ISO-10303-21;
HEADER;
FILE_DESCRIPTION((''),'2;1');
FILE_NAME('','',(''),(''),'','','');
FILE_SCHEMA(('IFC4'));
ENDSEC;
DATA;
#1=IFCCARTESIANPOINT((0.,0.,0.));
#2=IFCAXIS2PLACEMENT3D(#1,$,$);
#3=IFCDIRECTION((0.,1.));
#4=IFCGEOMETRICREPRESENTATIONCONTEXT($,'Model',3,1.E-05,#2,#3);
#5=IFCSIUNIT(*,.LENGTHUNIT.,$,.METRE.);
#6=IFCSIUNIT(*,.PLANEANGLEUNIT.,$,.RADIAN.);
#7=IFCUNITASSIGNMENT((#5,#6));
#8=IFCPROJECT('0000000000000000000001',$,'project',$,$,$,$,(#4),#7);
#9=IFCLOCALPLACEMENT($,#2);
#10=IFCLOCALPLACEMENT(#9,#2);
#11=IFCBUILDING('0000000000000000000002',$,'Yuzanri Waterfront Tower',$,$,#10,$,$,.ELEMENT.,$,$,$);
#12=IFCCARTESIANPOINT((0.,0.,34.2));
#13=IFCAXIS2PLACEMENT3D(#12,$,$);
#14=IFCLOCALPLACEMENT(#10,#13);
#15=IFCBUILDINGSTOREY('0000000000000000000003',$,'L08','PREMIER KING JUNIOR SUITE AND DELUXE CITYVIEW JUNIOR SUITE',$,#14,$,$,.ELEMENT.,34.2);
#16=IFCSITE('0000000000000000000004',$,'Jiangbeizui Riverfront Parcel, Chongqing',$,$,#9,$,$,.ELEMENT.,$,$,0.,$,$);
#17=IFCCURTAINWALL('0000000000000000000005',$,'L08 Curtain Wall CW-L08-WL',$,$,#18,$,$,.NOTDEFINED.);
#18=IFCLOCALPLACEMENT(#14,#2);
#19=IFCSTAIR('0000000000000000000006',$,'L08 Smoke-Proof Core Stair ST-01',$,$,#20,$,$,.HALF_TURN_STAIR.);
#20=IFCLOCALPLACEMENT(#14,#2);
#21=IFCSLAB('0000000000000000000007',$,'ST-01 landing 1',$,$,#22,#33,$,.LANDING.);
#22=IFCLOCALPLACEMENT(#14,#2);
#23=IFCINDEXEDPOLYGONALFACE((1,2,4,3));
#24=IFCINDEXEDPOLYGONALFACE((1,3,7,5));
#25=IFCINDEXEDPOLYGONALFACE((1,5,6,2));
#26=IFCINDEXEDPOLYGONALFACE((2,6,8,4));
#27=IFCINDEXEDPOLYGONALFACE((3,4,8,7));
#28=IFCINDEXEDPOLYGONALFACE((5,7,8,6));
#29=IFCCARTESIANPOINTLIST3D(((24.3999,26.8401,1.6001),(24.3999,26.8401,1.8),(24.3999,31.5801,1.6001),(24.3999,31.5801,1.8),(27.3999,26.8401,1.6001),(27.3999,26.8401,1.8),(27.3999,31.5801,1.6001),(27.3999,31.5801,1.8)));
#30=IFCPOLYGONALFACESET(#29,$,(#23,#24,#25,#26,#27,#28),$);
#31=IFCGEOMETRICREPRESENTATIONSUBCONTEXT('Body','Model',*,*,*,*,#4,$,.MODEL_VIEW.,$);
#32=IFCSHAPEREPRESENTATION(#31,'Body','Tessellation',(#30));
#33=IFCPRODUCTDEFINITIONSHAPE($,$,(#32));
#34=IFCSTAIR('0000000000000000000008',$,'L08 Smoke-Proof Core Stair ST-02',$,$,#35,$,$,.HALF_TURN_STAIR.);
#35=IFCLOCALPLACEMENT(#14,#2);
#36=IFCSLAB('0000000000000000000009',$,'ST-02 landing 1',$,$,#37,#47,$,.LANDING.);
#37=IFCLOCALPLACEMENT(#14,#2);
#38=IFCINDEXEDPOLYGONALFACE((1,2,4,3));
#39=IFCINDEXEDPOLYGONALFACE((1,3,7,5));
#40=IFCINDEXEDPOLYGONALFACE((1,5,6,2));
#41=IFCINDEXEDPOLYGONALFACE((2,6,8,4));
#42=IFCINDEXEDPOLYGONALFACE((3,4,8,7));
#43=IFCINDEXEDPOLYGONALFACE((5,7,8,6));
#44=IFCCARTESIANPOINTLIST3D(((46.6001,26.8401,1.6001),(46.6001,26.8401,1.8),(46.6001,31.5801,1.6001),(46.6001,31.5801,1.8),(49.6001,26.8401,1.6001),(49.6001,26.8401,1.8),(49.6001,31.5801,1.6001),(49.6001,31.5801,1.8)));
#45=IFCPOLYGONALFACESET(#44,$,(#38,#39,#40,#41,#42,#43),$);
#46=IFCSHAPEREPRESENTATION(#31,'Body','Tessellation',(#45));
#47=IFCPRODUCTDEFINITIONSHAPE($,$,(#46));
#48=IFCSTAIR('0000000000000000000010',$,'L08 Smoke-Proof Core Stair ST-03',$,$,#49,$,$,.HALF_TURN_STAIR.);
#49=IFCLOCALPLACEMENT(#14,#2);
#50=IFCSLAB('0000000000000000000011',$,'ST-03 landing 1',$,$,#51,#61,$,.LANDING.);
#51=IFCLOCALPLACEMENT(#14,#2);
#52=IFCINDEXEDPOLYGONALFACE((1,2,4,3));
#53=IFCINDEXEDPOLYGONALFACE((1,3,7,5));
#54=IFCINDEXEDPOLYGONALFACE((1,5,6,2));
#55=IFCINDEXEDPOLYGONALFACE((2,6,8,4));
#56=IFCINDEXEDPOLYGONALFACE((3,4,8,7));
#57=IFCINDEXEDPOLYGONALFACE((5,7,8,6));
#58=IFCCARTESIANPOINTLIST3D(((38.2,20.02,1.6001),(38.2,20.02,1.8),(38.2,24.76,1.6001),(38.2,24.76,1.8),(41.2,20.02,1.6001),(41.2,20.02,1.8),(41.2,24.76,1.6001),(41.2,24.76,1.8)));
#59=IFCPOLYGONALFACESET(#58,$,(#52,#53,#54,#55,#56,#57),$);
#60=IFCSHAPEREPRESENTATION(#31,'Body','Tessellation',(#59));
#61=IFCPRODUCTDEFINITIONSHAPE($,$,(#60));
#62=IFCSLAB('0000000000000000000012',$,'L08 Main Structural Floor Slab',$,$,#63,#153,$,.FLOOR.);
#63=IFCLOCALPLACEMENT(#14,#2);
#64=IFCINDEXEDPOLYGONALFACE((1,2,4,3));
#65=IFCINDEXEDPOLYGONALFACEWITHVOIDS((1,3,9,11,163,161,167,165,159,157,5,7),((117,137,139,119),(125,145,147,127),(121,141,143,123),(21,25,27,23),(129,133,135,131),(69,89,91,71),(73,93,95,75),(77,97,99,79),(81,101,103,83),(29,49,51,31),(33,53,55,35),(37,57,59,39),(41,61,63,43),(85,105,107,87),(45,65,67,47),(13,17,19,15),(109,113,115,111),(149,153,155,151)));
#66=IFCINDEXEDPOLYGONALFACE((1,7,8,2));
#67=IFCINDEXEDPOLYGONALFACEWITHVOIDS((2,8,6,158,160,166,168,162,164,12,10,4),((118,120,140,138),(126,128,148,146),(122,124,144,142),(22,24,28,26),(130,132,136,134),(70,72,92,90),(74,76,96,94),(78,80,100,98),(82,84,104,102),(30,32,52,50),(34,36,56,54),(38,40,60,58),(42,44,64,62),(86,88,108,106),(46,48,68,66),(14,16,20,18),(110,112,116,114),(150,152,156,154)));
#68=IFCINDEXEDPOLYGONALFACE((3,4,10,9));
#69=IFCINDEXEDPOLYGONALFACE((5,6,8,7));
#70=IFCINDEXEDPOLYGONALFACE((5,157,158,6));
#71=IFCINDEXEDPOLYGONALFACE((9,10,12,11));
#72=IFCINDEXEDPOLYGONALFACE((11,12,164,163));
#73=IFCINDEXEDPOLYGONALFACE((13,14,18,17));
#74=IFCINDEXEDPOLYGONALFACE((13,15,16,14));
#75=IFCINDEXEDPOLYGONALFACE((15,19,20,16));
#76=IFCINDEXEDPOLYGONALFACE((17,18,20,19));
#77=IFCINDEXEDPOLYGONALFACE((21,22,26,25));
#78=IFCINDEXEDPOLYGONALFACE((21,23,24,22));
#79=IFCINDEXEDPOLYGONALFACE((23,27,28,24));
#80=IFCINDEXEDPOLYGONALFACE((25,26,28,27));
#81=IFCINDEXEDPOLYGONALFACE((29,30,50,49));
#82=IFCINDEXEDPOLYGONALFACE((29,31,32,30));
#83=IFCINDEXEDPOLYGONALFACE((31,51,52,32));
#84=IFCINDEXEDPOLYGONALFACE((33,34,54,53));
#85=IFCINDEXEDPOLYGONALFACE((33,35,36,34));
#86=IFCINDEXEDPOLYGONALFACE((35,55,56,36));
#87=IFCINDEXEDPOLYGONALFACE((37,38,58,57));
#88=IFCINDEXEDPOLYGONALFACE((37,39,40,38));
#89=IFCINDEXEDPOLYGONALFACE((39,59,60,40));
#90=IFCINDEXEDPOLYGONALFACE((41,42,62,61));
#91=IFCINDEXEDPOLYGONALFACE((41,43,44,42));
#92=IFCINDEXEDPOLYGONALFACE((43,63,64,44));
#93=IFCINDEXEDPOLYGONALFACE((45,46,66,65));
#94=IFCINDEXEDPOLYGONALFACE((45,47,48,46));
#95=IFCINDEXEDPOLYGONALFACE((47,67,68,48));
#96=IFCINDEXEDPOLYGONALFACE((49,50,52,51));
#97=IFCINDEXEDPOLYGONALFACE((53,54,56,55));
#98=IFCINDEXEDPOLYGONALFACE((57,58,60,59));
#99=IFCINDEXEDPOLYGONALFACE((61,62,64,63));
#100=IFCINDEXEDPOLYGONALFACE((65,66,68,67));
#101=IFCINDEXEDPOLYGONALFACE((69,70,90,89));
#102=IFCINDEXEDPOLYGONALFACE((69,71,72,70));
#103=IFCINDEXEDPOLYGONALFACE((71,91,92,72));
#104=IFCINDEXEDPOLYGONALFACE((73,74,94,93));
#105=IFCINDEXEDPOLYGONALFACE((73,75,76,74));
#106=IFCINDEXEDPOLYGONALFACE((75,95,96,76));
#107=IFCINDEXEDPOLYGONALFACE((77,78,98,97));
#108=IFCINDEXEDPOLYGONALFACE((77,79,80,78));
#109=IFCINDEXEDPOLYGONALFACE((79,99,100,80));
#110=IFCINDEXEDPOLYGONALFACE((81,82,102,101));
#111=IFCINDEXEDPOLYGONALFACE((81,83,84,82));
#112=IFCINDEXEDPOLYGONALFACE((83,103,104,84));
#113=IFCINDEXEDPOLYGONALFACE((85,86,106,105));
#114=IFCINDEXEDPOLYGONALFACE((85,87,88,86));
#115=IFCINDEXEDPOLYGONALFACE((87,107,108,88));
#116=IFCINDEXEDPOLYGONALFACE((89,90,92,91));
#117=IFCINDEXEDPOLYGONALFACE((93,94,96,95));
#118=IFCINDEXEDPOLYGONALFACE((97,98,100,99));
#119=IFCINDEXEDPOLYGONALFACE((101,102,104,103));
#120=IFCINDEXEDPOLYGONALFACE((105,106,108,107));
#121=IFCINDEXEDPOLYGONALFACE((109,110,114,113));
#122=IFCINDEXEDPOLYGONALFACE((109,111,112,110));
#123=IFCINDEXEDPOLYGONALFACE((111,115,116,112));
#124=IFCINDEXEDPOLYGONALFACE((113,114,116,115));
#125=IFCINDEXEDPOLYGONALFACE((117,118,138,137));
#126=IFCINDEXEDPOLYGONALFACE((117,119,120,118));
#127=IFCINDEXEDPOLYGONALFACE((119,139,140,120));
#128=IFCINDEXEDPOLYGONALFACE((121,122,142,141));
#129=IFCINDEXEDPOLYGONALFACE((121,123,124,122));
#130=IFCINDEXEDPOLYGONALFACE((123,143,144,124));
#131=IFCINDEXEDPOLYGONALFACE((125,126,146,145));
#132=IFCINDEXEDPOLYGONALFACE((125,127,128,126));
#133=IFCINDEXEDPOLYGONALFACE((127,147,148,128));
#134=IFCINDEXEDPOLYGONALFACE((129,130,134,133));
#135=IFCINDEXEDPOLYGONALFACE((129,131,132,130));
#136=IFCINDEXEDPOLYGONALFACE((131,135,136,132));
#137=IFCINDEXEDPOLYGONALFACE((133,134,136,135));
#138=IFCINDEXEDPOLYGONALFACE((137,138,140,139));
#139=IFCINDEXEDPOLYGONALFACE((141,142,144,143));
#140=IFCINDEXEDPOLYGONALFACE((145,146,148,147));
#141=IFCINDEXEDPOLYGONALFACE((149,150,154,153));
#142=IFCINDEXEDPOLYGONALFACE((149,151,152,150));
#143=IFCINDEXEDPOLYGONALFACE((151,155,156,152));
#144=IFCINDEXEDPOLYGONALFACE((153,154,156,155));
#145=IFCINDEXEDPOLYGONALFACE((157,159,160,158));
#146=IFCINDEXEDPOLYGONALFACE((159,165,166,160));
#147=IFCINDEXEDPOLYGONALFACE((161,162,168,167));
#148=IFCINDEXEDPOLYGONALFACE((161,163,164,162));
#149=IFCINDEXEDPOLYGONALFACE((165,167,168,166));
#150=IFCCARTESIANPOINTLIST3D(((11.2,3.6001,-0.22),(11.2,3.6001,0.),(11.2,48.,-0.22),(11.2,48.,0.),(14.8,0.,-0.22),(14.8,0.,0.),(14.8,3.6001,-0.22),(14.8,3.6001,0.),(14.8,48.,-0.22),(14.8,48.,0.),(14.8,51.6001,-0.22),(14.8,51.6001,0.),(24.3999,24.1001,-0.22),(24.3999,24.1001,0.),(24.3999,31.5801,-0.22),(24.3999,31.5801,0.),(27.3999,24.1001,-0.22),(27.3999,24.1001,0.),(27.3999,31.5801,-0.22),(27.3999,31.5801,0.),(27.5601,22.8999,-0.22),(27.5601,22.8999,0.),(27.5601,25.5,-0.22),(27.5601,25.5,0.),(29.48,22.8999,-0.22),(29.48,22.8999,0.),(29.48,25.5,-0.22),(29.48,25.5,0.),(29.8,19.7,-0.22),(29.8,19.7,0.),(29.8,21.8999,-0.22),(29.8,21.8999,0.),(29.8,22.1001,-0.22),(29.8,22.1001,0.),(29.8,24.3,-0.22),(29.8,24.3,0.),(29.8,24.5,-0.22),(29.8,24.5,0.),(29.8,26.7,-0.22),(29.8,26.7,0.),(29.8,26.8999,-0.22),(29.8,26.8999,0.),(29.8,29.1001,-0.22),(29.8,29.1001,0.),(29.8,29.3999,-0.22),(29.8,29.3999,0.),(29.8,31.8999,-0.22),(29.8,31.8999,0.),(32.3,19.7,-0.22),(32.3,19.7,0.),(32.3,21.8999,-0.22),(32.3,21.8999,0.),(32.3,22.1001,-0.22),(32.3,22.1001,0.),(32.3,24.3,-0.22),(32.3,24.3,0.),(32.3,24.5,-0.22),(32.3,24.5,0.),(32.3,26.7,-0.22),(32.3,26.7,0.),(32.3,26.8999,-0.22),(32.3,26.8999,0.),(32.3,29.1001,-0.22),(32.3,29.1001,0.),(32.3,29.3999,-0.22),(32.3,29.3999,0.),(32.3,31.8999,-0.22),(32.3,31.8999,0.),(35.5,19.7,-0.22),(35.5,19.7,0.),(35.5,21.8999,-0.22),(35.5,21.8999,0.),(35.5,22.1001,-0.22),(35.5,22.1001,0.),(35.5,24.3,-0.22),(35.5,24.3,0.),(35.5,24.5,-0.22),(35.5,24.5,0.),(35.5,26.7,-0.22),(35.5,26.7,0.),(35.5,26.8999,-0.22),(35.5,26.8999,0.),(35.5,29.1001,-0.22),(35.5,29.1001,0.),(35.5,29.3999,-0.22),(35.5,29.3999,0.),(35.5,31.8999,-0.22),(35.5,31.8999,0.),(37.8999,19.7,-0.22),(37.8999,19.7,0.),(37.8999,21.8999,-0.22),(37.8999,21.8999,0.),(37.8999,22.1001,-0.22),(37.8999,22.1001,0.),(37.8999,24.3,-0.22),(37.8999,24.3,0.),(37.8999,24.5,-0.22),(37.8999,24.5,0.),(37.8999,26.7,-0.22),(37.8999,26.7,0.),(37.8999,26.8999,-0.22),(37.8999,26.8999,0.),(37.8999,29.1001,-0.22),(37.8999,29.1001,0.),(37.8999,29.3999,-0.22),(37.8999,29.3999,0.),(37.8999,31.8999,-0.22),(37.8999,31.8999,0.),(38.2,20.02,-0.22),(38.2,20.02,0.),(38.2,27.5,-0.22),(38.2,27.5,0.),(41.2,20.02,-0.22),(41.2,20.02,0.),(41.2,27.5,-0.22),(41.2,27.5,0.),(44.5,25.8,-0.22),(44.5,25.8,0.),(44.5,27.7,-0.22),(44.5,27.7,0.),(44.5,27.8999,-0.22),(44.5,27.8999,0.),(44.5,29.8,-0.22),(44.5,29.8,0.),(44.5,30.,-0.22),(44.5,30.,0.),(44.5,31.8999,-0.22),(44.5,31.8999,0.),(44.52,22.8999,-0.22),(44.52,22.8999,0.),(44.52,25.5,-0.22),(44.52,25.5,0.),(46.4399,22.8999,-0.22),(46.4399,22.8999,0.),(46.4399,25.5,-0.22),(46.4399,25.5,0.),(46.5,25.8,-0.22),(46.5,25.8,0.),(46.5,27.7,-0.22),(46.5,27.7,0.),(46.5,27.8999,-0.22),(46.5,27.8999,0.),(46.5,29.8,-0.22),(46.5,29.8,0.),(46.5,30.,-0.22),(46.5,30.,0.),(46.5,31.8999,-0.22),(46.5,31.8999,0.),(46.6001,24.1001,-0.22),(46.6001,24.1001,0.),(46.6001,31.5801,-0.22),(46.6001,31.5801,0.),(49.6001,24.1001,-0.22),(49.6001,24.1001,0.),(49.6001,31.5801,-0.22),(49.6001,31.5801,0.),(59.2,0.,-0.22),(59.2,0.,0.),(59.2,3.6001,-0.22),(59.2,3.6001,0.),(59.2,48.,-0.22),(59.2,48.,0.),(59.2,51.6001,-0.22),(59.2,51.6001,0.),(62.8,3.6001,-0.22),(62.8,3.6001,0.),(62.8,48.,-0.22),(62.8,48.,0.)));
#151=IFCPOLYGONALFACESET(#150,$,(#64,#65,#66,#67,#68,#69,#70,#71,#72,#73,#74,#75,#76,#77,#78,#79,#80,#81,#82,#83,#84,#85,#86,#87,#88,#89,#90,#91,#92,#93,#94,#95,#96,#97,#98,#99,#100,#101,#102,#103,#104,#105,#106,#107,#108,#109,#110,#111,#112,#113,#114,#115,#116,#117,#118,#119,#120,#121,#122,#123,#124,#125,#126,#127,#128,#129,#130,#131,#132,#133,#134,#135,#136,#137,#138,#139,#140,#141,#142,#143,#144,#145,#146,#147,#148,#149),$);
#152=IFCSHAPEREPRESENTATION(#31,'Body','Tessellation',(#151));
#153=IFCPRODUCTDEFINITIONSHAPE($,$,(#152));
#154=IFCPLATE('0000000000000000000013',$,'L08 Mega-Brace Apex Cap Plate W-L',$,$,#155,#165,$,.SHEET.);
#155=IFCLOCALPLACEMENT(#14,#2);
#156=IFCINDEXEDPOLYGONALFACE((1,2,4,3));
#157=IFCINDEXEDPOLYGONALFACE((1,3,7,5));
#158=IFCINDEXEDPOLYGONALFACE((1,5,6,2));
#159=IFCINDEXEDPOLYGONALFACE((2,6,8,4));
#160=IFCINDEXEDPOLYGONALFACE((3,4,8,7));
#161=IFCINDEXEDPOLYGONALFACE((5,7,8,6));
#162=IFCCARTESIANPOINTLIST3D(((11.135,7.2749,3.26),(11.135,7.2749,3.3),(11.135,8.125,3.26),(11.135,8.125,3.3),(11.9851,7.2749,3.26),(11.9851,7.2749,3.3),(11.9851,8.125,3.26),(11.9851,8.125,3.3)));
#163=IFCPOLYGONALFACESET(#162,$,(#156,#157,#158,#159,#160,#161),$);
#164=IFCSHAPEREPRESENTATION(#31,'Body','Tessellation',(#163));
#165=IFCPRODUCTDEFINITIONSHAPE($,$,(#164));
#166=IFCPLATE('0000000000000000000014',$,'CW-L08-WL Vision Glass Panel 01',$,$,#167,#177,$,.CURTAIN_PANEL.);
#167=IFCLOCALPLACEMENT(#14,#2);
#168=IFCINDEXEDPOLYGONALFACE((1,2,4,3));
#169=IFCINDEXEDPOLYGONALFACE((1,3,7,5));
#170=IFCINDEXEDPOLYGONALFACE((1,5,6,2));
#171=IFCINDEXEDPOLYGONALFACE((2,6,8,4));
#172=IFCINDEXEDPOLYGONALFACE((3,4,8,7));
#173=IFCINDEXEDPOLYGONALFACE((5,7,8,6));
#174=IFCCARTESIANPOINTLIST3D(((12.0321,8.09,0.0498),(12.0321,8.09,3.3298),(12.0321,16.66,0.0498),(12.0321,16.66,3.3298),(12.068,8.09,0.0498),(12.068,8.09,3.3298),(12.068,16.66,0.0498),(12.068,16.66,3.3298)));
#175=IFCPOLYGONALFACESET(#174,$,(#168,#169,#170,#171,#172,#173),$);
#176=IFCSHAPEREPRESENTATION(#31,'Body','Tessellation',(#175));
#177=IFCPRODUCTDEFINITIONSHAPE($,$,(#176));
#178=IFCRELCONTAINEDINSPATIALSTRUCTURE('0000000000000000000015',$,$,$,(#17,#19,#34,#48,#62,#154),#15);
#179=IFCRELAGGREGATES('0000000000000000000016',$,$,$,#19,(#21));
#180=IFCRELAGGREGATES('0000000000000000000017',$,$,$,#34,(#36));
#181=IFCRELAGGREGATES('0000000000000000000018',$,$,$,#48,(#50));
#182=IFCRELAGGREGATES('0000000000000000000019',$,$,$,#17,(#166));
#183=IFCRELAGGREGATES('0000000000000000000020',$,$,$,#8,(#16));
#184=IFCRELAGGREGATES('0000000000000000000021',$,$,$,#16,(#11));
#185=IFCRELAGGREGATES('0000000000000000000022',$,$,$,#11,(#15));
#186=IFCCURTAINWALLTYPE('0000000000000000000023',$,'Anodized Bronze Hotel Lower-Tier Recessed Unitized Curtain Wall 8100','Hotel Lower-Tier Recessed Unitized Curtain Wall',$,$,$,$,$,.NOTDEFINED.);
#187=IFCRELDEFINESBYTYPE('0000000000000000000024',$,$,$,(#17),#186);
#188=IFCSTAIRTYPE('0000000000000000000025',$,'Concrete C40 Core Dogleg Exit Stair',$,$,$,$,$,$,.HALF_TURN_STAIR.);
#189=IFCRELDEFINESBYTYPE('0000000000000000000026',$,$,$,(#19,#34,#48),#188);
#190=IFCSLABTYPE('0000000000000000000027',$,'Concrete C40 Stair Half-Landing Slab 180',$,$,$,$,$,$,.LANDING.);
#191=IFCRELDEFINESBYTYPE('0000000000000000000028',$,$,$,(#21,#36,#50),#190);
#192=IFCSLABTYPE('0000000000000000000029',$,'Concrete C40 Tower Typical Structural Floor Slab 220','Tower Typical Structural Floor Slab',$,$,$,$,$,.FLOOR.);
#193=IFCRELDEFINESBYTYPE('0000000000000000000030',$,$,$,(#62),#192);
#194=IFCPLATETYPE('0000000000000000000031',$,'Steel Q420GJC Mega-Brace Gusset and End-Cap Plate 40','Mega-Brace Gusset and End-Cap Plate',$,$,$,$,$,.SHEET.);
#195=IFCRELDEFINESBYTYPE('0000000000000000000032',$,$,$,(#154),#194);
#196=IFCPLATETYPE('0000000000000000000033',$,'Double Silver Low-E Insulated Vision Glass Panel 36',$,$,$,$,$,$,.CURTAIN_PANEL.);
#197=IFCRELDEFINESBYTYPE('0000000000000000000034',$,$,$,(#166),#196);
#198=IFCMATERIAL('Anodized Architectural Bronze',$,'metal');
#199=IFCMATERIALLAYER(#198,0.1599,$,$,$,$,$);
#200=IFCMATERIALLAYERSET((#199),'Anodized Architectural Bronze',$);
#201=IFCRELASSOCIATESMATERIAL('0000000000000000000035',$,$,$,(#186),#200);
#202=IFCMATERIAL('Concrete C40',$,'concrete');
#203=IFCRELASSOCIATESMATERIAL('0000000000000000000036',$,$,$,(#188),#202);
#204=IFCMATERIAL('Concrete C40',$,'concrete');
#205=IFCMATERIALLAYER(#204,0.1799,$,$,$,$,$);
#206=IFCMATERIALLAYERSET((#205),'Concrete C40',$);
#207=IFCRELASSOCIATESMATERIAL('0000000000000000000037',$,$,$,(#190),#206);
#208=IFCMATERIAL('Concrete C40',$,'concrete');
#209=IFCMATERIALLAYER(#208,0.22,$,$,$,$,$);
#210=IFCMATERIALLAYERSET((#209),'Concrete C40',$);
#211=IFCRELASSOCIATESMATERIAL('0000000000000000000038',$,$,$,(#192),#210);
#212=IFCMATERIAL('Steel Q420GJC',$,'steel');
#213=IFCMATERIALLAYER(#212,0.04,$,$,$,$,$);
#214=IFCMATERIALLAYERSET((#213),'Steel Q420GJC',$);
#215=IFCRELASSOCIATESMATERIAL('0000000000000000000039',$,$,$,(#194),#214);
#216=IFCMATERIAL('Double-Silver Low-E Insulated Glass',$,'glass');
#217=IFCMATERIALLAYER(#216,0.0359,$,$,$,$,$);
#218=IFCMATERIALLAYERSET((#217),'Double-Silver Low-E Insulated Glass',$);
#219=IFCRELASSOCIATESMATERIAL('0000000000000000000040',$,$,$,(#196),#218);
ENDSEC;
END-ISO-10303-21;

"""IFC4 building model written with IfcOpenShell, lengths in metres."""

from ifc_helpers import new_model, si_unit, direction, frame, origin, origin_2d, place, context, subcontext, project, spatial, polyline, rectangle, outline, extrude, source, transform, mapped, material, layer, layer_set, type_object, element, aggregate, save


model = new_model("IFC4")

# Units and contexts
model_context = context("Model", 3, precision=1e-05, world=origin(), true_north=direction((0.0, 1.0)))
body_context = subcontext(model_context, "Body", "Model", "MODEL_VIEW")
ifc_project = project(units=[si_unit("LENGTHUNIT", "METRE"), si_unit("PLANEANGLEUNIT", "RADIAN")], contexts=[model_context])

# Site, building, storey
site_placement = place(None, origin())
site = spatial("IfcSite", under=ifc_project, at=site_placement, Name="Jiangbeizui Riverfront Parcel, Chongqing", CompositionType="ELEMENT", RefElevation=0.0)
building_placement = place(site_placement, origin())
building = spatial("IfcBuilding", under=site, at=building_placement, Name="Yuzanri Waterfront Tower", CompositionType="ELEMENT")
storey_placement = place(building_placement, frame((0.0, 0.0, 34.2)))
storey = spatial("IfcBuildingStorey", under=building, at=storey_placement, Name="L08", Description="PREMIER KING JUNIOR SUITE AND DELUXE CITYVIEW JUNIOR SUITE", CompositionType="ELEMENT", Elevation=34.2)

# Curtain wall
ifc_material_1 = material(Name="Anodized Architectural Bronze", Category="metal")
ifc_layer_1 = layer(ifc_material_1, 0.1599)
ifc_layer_set_1 = layer_set([ifc_layer_1], Name="Anodized Architectural Bronze")
curtain_wall_type = type_object("IfcCurtainWallType", Name="Anodized Bronze Hotel Lower-Tier Recessed Unitized Curtain Wall 8100", Description="Hotel Lower-Tier Recessed Unitized Curtain Wall", PredefinedType="NOTDEFINED", material=ifc_layer_set_1)
curtain_wall_placement = place(storey_placement, origin())
curtain_wall = element("IfcCurtainWall", 1, at=curtain_wall_placement, inside=storey, type_object=curtain_wall_type, Name="L08 Curtain Wall CW-L08-WL", PredefinedType="NOTDEFINED")

# Stairs, slabs
ifc_material_2 = material(Name="Concrete C40", Category="concrete")
stair_type = type_object("IfcStairType", Name="Concrete C40 Core Dogleg Exit Stair", PredefinedType="HALF_TURN_STAIR", material=ifc_material_2)
stair_1_placement = place(storey_placement, origin())
stair_1 = element("IfcStair", 2, at=stair_1_placement, inside=storey, type_object=stair_type, Name="L08 Smoke-Proof Core Stair ST-01", PredefinedType="HALF_TURN_STAIR")
ifc_material_3 = material(Name="Concrete C40", Category="concrete")
ifc_layer_2 = layer(ifc_material_3, 0.1799)
ifc_layer_set_2 = layer_set([ifc_layer_2], Name="Concrete C40")
slab_type_1 = type_object("IfcSlabType", Name="Concrete C40 Stair Half-Landing Slab 180", PredefinedType="LANDING", material=ifc_layer_set_2)
slab_1_placement = place(storey_placement, frame((0.0, 0.0, 1.6001)))
slab_1 = element("IfcSlab", 3, at=slab_1_placement, type_object=slab_type_1, Name="ST-01 landing 1", PredefinedType="LANDING", context=body_context, shape_type="SweptSolid", body=[
    extrude(outline(polyline([(27.3999, 26.8401), (27.3999, 31.5801), (24.3999, 31.5801), (24.3999, 26.8401), (27.3999, 26.8401)])), origin(), (0.0, 0.0, 1.0), 0.2),
])
aggregate(stair_1, [slab_1])
stair_2_placement = place(storey_placement, origin())
stair_2 = element("IfcStair", 4, at=stair_2_placement, inside=storey, type_object=stair_type, Name="L08 Smoke-Proof Core Stair ST-02", PredefinedType="HALF_TURN_STAIR")
slab_2_placement = place(storey_placement, frame((0.0, 0.0, 1.6001)))
slab_2 = element("IfcSlab", 5, at=slab_2_placement, type_object=slab_type_1, Name="ST-02 landing 1", PredefinedType="LANDING", context=body_context, shape_type="SweptSolid", body=[
    extrude(outline(polyline([(49.6001, 26.8401), (49.6001, 31.5801), (46.6001, 31.5801), (46.6001, 26.8401), (49.6001, 26.8401)])), origin(), (0.0, 0.0, 1.0), 0.2),
])
aggregate(stair_2, [slab_2])
stair_3_placement = place(storey_placement, origin())
stair_3 = element("IfcStair", 6, at=stair_3_placement, inside=storey, type_object=stair_type, Name="L08 Smoke-Proof Core Stair ST-03", PredefinedType="HALF_TURN_STAIR")
slab_3_placement = place(storey_placement, frame((0.0, 0.0, 1.6001)))
slab_3 = element("IfcSlab", 7, at=slab_3_placement, type_object=slab_type_1, Name="ST-03 landing 1", PredefinedType="LANDING", context=body_context, shape_type="SweptSolid", body=[
    extrude(outline(polyline([(38.2, 24.76), (38.2, 20.02), (41.2, 20.02), (41.2, 24.76), (38.2, 24.76)])), origin(), (0.0, 0.0, 1.0), 0.2),
])
aggregate(stair_3, [slab_3])

# Slab
ifc_material_4 = material(Name="Concrete C40", Category="concrete")
ifc_layer_3 = layer(ifc_material_4, 0.22)
ifc_layer_set_3 = layer_set([ifc_layer_3], Name="Concrete C40")
slab_type_2 = type_object("IfcSlabType", Name="Concrete C40 Tower Typical Structural Floor Slab 220", Description="Tower Typical Structural Floor Slab", PredefinedType="FLOOR", material=ifc_layer_set_3)
slab_4_placement = place(storey_placement, frame((0.0, 0.0, -0.22)))
element("IfcSlab", 8, at=slab_4_placement, inside=storey, type_object=slab_type_2, Name="L08 Main Structural Floor Slab", PredefinedType="FLOOR", context=body_context, shape_type="SweptSolid", body=[
    extrude(outline(polyline([(14.8, 0.0), (59.2, 0.0), (59.2, 3.6001), (62.8, 3.6001), (62.8, 48.0), (59.2, 48.0), (59.2, 51.6001), (14.8, 51.6001), (14.8, 48.0), (11.2, 48.0), (11.2, 3.6001), (14.8, 3.6001), (14.8, 0.0)]), holes=[polyline([(27.3999, 24.1001), (27.3999, 31.5801), (24.3999, 31.5801), (24.3999, 24.1001), (27.3999, 24.1001)]), polyline([(49.6001, 24.1001), (49.6001, 31.5801), (46.6001, 31.5801), (46.6001, 24.1001), (49.6001, 24.1001)]), polyline([(38.2, 27.5), (38.2, 20.02), (41.2, 20.02), (41.2, 27.5), (38.2, 27.5)]), polyline([(27.5601, 22.8999), (29.48, 22.8999), (29.48, 25.5), (27.5601, 25.5), (27.5601, 22.8999)]), polyline([(44.52, 22.8999), (46.4399, 22.8999), (46.4399, 25.5), (44.52, 25.5), (44.52, 22.8999)]), polyline([(29.8, 19.7), (32.3, 19.7), (32.3, 21.8999), (29.8, 21.8999), (29.8, 19.7)]), polyline([(29.8, 22.1001), (32.3, 22.1001), (32.3, 24.3), (29.8, 24.3), (29.8, 22.1001)]), polyline([(29.8, 24.5), (32.3, 24.5), (32.3, 26.7), (29.8, 26.7), (29.8, 24.5)]), polyline([(29.8, 26.8999), (32.3, 26.8999), (32.3, 29.1001), (29.8, 29.1001), (29.8, 26.8999)]), polyline([(29.8, 29.3999), (32.3, 29.3999), (32.3, 31.8999), (29.8, 31.8999), (29.8, 29.3999)]), polyline([(35.5, 19.7), (37.8999, 19.7), (37.8999, 21.8999), (35.5, 21.8999), (35.5, 19.7)]), polyline([(35.5, 22.1001), (37.8999, 22.1001), (37.8999, 24.3), (35.5, 24.3), (35.5, 22.1001)]), polyline([(35.5, 24.5), (37.8999, 24.5), (37.8999, 26.7), (35.5, 26.7), (35.5, 24.5)]), polyline([(35.5, 26.8999), (37.8999, 26.8999), (37.8999, 29.1001), (35.5, 29.1001), (35.5, 26.8999)]), polyline([(35.5, 29.3999), (37.8999, 29.3999), (37.8999, 31.8999), (35.5, 31.8999), (35.5, 29.3999)]), polyline([(44.5, 25.8), (46.5, 25.8), (46.5, 27.7), (44.5, 27.7), (44.5, 25.8)]), polyline([(44.5, 27.8999), (46.5, 27.8999), (46.5, 29.8), (44.5, 29.8), (44.5, 27.8999)]), polyline([(44.5, 30.0), (46.5, 30.0), (46.5, 31.8999), (44.5, 31.8999), (44.5, 30.0)])]), origin(), (0.0, 0.0, 1.0), 0.22),
])

# Plates
ifc_material_5 = material(Name="Steel Q420GJC", Category="steel")
ifc_layer_4 = layer(ifc_material_5, 0.04)
ifc_layer_set_4 = layer_set([ifc_layer_4], Name="Steel Q420GJC")
plate_type_1 = type_object("IfcPlateType", Name="Steel Q420GJC Mega-Brace Gusset and End-Cap Plate 40", Description="Mega-Brace Gusset and End-Cap Plate", PredefinedType="SHEET", material=ifc_layer_set_4)
shared_shape_1 = source(origin(), body_context, "Body", "SweptSolid", [
    extrude(rectangle(XDim=0.8501, YDim=0.8501, at=origin_2d()), origin(), (0.0, 0.0, 1.0), 0.04),
])
plate_1_placement = place(storey_placement, frame((11.5601, 7.7, 3.26), z_axis=(0.0, 0.0, 1.0), x_axis=(1.0, 0.0, 0.0)))
element("IfcPlate", 9, at=plate_1_placement, inside=storey, type_object=plate_type_1, Name="L08 Mega-Brace Apex Cap Plate W-L", PredefinedType="SHEET", context=body_context, shape_type="MappedRepresentation", body=[
    mapped(shared_shape_1, transform((0.0, 0.0, 0.0), scale=1.0)),
])
ifc_material_6 = material(Name="Double-Silver Low-E Insulated Glass", Category="glass")
ifc_layer_5 = layer(ifc_material_6, 0.0359)
ifc_layer_set_5 = layer_set([ifc_layer_5], Name="Double-Silver Low-E Insulated Glass")
plate_type_2 = type_object("IfcPlateType", Name="Double Silver Low-E Insulated Vision Glass Panel 36", PredefinedType="CURTAIN_PANEL", material=ifc_layer_set_5)
shared_shape_2 = source(origin(), body_context, "Body", "SweptSolid", [
    extrude(rectangle(XDim=8.5701, YDim=0.0359, at=origin_2d()), origin(), (0.0, 0.0, 1.0), 3.28),
])
plate_2_placement = place(storey_placement, frame((12.05, 12.375, 0.0498), z_axis=(0.0, 0.0, 1.0), x_axis=(0.0, 1.0, 0.0)))
plate_2 = element("IfcPlate", 10, at=plate_2_placement, type_object=plate_type_2, Name="CW-L08-WL Vision Glass Panel 01", PredefinedType="CURTAIN_PANEL", context=body_context, shape_type="MappedRepresentation", body=[
    mapped(shared_shape_2, transform((0.0, 0.0, 0.0), scale=1.0)),
])
aggregate(curtain_wall, [plate_2])

save(model, "model.ifc")
